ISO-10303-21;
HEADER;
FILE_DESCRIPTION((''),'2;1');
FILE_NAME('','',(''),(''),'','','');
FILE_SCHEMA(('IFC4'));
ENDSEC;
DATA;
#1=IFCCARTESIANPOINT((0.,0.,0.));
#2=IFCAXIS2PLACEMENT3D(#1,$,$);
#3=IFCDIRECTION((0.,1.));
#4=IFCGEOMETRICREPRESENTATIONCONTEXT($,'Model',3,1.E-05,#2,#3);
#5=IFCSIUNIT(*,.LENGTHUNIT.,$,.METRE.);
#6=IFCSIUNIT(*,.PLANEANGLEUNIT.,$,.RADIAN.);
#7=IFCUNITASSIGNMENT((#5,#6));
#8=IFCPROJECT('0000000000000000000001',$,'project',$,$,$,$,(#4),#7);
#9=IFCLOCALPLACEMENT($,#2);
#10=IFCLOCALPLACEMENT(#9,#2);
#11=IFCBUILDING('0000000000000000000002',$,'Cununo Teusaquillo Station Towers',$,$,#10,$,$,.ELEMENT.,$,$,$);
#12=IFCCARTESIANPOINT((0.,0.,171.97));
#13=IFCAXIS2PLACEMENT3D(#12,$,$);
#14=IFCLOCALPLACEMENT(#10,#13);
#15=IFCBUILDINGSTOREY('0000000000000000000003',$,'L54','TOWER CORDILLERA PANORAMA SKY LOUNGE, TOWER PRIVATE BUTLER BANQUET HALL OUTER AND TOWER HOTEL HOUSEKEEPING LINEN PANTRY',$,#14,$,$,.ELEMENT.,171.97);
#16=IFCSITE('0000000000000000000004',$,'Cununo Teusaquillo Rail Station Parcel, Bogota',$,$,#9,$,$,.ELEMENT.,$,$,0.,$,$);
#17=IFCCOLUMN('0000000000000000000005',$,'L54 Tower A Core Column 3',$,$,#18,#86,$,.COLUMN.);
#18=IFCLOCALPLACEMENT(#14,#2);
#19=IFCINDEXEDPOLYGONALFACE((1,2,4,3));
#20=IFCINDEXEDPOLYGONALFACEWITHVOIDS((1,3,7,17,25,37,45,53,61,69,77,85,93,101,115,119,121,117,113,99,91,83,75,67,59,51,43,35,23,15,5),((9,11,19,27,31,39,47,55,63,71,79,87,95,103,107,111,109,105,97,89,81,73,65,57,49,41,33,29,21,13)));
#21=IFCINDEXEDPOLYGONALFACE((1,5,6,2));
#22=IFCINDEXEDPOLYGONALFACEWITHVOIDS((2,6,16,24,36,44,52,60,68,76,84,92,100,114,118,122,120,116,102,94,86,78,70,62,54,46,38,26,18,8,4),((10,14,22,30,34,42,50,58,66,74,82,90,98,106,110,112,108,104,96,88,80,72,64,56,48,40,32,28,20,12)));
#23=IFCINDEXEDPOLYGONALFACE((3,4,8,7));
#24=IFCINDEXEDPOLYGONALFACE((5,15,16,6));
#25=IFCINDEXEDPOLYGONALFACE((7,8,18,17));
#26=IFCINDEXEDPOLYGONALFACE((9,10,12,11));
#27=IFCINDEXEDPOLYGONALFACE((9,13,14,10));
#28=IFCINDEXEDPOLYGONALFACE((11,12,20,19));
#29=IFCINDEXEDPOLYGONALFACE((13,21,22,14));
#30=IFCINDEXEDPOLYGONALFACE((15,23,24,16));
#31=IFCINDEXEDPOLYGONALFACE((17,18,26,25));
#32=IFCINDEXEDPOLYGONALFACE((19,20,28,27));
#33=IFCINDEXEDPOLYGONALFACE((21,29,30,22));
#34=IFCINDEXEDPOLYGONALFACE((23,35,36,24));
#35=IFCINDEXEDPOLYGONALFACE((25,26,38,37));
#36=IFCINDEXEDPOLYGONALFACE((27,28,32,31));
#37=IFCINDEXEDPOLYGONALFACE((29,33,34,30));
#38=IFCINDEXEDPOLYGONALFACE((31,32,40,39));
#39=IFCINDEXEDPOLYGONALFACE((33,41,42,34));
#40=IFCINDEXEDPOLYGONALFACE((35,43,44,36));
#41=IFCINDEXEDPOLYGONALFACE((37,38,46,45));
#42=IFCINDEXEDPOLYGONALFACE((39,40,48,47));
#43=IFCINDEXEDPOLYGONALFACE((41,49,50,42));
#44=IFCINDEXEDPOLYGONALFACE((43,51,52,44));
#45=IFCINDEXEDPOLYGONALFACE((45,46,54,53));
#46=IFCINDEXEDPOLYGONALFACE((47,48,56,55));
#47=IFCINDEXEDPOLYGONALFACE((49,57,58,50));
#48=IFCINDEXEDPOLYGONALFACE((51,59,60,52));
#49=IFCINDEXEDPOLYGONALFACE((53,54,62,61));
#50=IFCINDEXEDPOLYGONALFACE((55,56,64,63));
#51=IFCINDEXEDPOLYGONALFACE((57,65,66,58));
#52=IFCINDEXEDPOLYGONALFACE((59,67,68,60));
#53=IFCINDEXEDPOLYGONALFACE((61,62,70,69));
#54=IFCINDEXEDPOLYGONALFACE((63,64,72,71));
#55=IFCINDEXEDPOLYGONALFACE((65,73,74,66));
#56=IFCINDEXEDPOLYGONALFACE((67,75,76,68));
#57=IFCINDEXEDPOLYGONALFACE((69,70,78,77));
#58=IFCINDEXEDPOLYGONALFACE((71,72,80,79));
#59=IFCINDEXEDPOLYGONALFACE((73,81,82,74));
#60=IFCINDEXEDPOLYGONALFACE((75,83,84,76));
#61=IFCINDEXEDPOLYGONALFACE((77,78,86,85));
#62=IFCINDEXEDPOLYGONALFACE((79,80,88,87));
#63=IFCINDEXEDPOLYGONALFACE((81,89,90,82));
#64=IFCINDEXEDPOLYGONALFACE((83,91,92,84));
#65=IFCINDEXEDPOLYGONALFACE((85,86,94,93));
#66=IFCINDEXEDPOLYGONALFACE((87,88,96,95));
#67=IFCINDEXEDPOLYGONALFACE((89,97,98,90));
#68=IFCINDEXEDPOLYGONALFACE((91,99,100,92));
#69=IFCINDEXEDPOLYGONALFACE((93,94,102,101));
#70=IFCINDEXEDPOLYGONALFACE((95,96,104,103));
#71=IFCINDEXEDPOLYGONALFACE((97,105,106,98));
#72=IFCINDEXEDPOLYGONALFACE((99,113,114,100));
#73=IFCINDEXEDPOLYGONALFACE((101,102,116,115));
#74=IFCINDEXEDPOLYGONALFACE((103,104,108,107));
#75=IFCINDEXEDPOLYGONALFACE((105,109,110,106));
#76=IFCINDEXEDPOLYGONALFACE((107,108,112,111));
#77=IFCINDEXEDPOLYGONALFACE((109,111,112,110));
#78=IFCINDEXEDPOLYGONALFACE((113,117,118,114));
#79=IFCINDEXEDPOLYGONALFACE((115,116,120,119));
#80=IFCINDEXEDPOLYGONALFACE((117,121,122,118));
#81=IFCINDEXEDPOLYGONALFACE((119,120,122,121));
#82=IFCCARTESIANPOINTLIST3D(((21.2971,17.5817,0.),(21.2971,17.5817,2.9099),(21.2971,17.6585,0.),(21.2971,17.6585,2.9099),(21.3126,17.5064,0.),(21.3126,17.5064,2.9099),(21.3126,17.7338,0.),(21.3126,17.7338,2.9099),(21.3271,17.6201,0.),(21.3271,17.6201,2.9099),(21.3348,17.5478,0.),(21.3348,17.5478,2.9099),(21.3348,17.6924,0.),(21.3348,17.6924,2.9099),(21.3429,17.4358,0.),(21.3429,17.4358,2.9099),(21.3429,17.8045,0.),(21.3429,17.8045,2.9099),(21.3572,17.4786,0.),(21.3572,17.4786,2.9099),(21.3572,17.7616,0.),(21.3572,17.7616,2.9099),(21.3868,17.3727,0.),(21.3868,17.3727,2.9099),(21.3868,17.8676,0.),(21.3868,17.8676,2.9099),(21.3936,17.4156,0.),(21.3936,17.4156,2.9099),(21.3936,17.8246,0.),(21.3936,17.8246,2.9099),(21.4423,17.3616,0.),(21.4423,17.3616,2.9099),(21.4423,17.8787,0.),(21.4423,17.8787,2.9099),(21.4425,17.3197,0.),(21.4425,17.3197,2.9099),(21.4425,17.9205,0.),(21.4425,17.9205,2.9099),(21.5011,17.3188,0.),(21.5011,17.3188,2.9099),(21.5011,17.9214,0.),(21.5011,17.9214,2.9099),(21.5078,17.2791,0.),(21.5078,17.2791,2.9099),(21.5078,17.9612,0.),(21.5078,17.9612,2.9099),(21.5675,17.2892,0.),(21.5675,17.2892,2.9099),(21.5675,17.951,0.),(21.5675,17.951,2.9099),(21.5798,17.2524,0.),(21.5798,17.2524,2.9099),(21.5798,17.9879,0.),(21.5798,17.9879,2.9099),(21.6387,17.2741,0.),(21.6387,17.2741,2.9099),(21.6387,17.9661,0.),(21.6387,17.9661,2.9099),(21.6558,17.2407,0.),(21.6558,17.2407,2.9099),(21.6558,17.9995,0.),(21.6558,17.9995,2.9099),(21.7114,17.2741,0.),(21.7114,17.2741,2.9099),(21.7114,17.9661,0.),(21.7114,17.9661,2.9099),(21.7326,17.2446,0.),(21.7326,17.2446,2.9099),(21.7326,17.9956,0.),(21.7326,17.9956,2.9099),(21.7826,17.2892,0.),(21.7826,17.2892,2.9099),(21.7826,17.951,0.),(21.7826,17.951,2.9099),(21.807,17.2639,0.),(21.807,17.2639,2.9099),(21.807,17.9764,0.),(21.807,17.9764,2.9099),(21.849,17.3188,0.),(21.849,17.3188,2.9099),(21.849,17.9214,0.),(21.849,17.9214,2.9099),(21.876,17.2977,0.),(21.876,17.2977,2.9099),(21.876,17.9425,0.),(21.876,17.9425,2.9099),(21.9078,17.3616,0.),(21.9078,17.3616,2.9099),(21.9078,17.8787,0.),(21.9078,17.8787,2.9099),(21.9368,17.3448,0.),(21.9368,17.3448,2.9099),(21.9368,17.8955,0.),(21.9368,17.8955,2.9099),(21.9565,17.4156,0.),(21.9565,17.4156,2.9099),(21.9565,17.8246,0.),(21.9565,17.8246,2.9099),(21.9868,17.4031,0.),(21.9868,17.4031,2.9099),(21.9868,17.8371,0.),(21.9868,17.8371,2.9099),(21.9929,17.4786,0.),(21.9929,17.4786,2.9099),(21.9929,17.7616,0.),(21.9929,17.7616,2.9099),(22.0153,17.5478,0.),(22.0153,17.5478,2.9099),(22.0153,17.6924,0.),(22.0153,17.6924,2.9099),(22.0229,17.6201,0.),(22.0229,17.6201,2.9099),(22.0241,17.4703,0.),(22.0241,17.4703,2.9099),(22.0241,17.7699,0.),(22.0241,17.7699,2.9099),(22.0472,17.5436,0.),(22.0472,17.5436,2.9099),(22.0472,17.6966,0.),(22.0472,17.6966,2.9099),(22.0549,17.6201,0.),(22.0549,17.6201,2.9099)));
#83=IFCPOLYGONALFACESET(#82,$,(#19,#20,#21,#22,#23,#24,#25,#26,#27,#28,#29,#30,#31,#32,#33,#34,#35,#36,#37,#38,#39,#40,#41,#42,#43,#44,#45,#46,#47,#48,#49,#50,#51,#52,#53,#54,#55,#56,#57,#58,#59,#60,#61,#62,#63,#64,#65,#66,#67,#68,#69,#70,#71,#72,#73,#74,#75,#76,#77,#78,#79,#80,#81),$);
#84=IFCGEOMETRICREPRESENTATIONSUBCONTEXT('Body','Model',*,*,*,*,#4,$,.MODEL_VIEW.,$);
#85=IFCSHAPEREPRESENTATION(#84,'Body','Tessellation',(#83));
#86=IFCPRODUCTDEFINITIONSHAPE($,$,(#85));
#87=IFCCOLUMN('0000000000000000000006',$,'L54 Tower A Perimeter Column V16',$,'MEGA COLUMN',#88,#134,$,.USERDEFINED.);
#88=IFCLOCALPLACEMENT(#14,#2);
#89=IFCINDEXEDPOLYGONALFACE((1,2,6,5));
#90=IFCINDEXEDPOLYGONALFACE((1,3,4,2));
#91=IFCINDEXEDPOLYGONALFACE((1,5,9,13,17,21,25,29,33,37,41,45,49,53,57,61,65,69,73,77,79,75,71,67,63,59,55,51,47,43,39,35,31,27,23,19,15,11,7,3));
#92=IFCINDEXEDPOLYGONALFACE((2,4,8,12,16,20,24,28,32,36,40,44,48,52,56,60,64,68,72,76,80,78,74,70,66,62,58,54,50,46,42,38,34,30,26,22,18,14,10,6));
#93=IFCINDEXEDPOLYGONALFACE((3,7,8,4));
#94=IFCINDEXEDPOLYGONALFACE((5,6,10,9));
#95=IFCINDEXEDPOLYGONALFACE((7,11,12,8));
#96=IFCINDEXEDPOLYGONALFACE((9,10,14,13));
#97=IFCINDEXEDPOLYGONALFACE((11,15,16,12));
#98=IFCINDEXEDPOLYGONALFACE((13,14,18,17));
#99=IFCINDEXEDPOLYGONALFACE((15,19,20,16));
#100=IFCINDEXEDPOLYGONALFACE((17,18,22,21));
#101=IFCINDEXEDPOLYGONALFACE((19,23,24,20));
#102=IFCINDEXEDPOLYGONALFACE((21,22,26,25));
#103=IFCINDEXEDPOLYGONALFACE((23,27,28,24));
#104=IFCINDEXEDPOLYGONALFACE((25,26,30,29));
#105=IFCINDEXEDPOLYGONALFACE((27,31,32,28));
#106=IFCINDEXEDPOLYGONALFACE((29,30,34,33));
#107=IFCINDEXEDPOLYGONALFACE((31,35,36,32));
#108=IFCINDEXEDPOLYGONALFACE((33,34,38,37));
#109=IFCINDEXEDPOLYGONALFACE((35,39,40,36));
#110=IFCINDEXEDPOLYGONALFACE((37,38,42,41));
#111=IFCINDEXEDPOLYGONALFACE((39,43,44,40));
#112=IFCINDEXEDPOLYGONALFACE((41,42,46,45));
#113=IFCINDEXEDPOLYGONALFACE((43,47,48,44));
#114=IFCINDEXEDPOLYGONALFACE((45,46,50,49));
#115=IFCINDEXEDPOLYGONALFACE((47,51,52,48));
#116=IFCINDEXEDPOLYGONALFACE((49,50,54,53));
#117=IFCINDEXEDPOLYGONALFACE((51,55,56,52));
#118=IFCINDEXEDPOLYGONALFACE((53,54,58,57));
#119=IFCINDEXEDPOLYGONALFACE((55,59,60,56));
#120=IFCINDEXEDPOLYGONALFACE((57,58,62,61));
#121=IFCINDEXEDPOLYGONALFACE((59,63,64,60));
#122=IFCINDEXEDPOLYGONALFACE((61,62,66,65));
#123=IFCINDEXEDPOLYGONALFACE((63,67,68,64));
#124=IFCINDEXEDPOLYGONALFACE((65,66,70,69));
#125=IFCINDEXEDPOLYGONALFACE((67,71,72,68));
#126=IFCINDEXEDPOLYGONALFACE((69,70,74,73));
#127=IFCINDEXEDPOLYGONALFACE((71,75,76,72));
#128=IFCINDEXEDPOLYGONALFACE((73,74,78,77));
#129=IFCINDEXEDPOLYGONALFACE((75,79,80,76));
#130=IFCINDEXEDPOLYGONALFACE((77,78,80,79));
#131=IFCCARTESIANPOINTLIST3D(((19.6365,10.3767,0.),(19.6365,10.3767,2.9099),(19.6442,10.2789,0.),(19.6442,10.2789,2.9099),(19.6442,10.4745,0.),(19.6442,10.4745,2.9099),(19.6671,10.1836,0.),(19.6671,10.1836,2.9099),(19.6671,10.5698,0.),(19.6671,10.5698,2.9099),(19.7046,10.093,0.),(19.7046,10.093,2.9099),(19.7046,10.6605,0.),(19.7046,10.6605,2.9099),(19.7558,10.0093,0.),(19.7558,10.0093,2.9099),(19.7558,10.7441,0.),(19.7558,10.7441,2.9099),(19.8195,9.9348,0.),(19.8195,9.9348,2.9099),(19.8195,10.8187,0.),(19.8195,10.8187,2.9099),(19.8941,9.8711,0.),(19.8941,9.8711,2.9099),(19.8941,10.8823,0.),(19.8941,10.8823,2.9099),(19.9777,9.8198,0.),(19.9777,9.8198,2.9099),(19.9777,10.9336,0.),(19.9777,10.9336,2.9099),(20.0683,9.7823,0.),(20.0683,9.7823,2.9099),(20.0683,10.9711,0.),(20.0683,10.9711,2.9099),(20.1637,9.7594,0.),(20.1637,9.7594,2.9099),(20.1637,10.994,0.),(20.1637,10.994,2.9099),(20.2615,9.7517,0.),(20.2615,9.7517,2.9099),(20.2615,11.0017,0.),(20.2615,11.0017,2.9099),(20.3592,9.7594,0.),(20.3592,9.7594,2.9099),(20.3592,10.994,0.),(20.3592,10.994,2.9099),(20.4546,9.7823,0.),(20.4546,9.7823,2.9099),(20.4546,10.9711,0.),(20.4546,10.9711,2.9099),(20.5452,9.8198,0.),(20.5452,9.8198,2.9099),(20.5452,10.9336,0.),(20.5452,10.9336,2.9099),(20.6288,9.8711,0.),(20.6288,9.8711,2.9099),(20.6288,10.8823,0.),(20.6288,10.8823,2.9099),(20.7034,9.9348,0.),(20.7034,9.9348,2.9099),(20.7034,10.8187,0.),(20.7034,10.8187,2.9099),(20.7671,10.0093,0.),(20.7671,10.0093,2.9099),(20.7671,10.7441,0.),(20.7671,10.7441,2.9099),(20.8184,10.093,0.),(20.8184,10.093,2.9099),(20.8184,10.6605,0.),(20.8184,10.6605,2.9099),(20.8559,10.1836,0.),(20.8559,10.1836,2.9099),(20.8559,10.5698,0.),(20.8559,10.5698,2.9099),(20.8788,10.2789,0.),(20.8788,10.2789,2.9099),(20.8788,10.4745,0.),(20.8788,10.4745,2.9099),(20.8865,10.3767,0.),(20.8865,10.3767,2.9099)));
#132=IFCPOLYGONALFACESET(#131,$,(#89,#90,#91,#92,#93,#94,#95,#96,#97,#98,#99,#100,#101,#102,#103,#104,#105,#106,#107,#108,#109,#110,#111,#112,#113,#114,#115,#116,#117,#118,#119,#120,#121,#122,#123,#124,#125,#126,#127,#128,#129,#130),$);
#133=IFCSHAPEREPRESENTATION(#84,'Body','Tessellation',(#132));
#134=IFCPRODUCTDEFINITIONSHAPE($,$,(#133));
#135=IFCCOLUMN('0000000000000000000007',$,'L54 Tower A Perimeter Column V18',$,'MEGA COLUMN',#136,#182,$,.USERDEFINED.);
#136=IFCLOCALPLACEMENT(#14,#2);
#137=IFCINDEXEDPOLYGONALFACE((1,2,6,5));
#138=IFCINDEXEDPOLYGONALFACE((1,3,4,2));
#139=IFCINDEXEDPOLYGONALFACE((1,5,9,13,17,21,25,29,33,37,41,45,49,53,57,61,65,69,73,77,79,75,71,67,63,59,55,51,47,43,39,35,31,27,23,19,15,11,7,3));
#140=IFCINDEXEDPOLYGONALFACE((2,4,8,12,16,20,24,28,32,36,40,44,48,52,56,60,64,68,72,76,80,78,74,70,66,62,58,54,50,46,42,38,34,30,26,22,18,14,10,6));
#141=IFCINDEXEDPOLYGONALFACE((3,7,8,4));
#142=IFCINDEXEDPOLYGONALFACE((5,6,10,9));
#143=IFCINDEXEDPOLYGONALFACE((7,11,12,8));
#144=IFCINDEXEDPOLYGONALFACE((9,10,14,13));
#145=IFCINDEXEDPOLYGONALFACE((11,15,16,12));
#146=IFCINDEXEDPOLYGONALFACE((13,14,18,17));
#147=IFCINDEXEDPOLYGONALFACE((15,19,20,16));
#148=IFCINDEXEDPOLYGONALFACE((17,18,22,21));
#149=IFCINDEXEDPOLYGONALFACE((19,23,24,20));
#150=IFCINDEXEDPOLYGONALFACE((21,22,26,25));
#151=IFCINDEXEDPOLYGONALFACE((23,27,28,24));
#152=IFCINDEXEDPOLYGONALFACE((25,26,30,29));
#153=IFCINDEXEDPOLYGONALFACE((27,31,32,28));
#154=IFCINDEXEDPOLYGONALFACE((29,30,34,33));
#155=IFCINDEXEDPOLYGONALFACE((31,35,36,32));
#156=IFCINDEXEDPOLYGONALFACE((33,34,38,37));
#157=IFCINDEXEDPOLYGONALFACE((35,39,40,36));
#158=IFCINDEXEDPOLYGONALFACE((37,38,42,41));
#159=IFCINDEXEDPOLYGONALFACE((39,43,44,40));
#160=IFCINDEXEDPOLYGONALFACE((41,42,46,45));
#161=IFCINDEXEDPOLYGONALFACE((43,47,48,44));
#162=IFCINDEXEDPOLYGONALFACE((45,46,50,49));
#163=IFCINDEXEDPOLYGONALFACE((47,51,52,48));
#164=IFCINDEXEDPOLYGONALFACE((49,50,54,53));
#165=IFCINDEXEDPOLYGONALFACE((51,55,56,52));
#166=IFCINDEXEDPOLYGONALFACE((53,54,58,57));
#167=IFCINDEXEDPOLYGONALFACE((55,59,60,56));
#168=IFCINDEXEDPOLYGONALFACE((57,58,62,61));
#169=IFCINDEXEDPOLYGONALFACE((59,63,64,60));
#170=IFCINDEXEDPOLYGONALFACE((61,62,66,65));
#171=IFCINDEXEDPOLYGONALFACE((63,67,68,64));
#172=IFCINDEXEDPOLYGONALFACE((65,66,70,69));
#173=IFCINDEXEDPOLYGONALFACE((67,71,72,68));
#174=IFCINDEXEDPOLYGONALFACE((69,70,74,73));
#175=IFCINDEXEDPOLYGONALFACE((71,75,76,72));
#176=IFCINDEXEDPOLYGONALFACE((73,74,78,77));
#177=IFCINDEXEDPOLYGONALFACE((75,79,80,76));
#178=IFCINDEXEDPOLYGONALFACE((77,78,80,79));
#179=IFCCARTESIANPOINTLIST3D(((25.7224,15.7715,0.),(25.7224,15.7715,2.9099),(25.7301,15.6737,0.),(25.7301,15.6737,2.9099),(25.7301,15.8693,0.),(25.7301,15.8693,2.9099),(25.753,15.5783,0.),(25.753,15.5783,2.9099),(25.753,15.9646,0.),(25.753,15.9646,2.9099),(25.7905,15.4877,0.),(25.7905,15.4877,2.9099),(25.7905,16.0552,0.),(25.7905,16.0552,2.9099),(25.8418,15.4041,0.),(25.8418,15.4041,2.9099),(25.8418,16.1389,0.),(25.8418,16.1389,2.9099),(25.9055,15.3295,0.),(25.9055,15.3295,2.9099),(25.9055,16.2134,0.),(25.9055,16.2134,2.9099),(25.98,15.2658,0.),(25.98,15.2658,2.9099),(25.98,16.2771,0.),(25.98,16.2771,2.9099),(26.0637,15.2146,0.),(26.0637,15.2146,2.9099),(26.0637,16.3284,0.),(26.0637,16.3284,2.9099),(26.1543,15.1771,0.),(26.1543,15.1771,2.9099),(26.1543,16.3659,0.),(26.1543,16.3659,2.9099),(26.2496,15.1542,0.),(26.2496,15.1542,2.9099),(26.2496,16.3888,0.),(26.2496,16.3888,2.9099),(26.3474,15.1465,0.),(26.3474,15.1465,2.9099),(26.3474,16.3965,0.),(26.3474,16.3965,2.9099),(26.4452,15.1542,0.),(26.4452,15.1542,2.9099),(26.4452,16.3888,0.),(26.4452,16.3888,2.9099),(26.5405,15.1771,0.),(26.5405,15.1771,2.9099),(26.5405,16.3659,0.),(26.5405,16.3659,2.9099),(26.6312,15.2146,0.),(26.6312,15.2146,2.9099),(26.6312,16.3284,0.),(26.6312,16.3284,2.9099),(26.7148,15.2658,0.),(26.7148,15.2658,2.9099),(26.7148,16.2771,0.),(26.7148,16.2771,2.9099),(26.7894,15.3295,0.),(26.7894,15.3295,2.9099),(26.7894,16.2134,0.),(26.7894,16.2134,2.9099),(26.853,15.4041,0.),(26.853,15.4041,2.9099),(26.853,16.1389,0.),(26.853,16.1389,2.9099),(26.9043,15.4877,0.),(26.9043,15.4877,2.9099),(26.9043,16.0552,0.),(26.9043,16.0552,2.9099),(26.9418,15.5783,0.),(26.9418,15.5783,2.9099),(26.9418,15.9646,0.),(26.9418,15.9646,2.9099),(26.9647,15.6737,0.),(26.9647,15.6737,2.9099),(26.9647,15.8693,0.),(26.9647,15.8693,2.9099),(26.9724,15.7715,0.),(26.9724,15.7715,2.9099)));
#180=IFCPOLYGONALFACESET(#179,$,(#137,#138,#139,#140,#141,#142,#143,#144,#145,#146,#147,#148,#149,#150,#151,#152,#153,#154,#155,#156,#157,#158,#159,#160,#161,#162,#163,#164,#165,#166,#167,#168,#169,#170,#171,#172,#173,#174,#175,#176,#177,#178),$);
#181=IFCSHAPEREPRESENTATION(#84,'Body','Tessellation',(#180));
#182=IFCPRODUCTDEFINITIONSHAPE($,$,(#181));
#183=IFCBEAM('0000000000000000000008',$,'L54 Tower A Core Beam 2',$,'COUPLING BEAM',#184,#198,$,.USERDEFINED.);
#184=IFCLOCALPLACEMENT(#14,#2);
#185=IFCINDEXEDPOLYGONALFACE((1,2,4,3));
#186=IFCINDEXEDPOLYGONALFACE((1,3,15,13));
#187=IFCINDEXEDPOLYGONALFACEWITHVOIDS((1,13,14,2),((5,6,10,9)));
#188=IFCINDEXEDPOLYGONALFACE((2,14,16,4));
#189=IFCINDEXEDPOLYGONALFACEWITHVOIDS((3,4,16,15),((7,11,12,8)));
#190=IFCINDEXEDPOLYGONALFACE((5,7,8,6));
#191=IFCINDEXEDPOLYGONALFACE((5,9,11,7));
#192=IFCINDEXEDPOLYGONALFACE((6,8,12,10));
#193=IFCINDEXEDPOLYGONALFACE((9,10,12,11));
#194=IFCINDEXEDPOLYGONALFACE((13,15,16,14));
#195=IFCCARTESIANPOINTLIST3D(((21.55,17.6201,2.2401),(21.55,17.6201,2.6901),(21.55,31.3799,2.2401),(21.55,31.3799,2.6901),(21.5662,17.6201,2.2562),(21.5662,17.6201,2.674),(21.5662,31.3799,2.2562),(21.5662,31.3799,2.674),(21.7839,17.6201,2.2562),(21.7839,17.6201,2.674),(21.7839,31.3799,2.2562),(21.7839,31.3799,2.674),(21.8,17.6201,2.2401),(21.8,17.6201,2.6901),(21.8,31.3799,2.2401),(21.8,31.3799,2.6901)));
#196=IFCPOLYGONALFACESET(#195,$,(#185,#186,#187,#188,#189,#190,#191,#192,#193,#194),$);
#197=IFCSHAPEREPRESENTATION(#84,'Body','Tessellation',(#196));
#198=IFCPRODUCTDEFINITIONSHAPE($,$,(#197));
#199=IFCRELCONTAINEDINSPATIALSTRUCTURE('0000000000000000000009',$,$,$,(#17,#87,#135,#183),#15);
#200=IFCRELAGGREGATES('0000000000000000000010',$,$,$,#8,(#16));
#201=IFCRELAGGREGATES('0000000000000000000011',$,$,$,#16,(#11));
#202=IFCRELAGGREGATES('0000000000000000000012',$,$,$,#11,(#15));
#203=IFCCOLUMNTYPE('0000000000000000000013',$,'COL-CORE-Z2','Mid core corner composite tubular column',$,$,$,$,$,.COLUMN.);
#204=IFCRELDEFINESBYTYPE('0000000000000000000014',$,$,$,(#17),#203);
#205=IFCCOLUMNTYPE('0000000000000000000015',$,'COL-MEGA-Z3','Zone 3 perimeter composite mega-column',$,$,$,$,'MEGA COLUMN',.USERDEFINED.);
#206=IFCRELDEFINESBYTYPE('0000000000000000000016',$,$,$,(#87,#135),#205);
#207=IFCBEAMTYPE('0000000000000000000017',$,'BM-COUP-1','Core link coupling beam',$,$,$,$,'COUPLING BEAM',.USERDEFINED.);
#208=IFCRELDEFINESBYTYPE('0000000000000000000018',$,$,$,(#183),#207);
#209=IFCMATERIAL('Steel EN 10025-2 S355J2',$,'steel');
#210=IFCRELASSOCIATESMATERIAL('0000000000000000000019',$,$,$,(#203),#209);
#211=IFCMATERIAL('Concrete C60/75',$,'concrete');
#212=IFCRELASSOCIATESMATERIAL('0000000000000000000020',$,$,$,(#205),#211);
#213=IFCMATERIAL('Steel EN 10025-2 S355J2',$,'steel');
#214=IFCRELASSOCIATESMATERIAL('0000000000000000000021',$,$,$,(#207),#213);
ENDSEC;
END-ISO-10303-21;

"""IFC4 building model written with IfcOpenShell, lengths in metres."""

from ifc_helpers import new_model, si_unit, direction, frame, origin, origin_2d, place, context, subcontext, project, spatial, hollow_rectangle, circle, hollow_circle, extrude, material, material_profile, profile_set, type_object, element, save


model = new_model("IFC4")

# Units and contexts
model_context = context("Model", 3, precision=1e-05, world=origin(), true_north=direction((0.0, 1.0)))
body_context = subcontext(model_context, "Body", "Model", "MODEL_VIEW")
ifc_project = project(units=[si_unit("LENGTHUNIT", "METRE"), si_unit("PLANEANGLEUNIT", "RADIAN")], contexts=[model_context])

# Site, building, storey
site_placement = place(None, origin())
site = spatial("IfcSite", under=ifc_project, at=site_placement, Name="Cununo Teusaquillo Rail Station Parcel, Bogota", CompositionType="ELEMENT", RefElevation=0.0)
building_placement = place(site_placement, origin())
building = spatial("IfcBuilding", under=site, at=building_placement, Name="Cununo Teusaquillo Station Towers", CompositionType="ELEMENT")
storey_placement = place(building_placement, frame((0.0, 0.0, 171.97)))
storey = spatial("IfcBuildingStorey", under=building, at=storey_placement, Name="L54", Description="TOWER CORDILLERA PANORAMA SKY LOUNGE, TOWER PRIVATE BUTLER BANQUET HALL OUTER AND TOWER HOTEL HOUSEKEEPING LINEN PANTRY", CompositionType="ELEMENT", Elevation=171.97)

# Columns
ifc_material_1 = material(Name="Steel EN 10025-2 S355J2", Category="steel")
ifc_material_profile_1 = material_profile(ifc_material_1, hollow_circle(Radius=0.3799, WallThickness=0.032, at=origin_2d()), Name="CHS 760x32")
ifc_profile_set_1 = profile_set([ifc_material_profile_1], Name="Steel EN 10025-2 S355J2")
column_type_1 = type_object("IfcColumnType", Name="COL-CORE-Z2", Description="Mid core corner composite tubular column", PredefinedType="COLUMN", material=ifc_profile_set_1)
column_placement = place(storey_placement, frame((21.675, 17.6201, 0.0), z_axis=(0.0, 0.0, 1.0), x_axis=(1.0, 0.0, 0.0)))
element("IfcColumn", 1, at=column_placement, inside=storey, type_object=column_type_1, Name="L54 Tower A Core Column 3", PredefinedType="COLUMN", context=body_context, shape_type="SweptSolid", body=[
    extrude(hollow_circle(Radius=0.3799, WallThickness=0.032, at=origin_2d()), origin(), (0.0, 0.0, 1.0), 2.9099),
])
ifc_material_2 = material(Name="Concrete C60/75", Category="concrete")
ifc_material_profile_2 = material_profile(ifc_material_2, circle(Radius=0.625, at=origin_2d()), Name="RC-CIRC-1250")
ifc_profile_set_2 = profile_set([ifc_material_profile_2], Name="Concrete C60/75")
column_type_2 = type_object("IfcColumnType", Name="COL-MEGA-Z3", Description="Zone 3 perimeter composite mega-column", ElementType="MEGA COLUMN", PredefinedType="USERDEFINED", material=ifc_profile_set_2)
for number, where, z_axis, x_axis, name in (
    (2, (20.2615, 10.3767, 0.0), (0.0, 0.0, 1.0), (1.0, 0.0, 0.0), "L54 Tower A Perimeter Column V16"),
    (3, (26.3474, 15.7715, 0.0), (0.0, 0.0, 1.0), (1.0, 0.0, 0.0), "L54 Tower A Perimeter Column V18"),
):
    element("IfcColumn", number, at=place(storey_placement, frame(where, z_axis=z_axis, x_axis=x_axis)), inside=storey, type_object=column_type_2, Name=name, ObjectType="MEGA COLUMN", PredefinedType="USERDEFINED", context=body_context, shape_type="SweptSolid", body=[
        extrude(circle(Radius=0.625, at=origin_2d()), origin(), (0.0, 0.0, 1.0), 2.9099),
    ])

# Beam
ifc_material_3 = material(Name="Steel EN 10025-2 S355J2", Category="steel")
ifc_material_profile_3 = material_profile(ifc_material_3, hollow_rectangle(XDim=0.25, YDim=0.45, WallThickness=0.0161, at=origin_2d()), Name="RHS 450x250x16")
ifc_profile_set_3 = profile_set([ifc_material_profile_3], Name="Steel EN 10025-2 S355J2")
beam_type_1 = type_object("IfcBeamType", Name="BM-COUP-1", Description="Core link coupling beam", ElementType="COUPLING BEAM", PredefinedType="USERDEFINED", material=ifc_profile_set_3)
beam_1_placement = place(storey_placement, frame((21.675, 17.6201, 2.4651), z_axis=(0.0, 1.0, 0.0), x_axis=(-1.0, 0.0, 0.0)))
element("IfcBeam", 4, at=beam_1_placement, inside=storey, type_object=beam_type_1, Name="L54 Tower A Core Beam 2", ObjectType="COUPLING BEAM", PredefinedType="USERDEFINED", context=body_context, shape_type="SweptSolid", body=[
    extrude(hollow_rectangle(XDim=0.25, YDim=0.45, WallThickness=0.0161, at=origin_2d()), origin(), (0.0, 0.0, 1.0), 13.7598),
])

save(model, "model.ifc")
